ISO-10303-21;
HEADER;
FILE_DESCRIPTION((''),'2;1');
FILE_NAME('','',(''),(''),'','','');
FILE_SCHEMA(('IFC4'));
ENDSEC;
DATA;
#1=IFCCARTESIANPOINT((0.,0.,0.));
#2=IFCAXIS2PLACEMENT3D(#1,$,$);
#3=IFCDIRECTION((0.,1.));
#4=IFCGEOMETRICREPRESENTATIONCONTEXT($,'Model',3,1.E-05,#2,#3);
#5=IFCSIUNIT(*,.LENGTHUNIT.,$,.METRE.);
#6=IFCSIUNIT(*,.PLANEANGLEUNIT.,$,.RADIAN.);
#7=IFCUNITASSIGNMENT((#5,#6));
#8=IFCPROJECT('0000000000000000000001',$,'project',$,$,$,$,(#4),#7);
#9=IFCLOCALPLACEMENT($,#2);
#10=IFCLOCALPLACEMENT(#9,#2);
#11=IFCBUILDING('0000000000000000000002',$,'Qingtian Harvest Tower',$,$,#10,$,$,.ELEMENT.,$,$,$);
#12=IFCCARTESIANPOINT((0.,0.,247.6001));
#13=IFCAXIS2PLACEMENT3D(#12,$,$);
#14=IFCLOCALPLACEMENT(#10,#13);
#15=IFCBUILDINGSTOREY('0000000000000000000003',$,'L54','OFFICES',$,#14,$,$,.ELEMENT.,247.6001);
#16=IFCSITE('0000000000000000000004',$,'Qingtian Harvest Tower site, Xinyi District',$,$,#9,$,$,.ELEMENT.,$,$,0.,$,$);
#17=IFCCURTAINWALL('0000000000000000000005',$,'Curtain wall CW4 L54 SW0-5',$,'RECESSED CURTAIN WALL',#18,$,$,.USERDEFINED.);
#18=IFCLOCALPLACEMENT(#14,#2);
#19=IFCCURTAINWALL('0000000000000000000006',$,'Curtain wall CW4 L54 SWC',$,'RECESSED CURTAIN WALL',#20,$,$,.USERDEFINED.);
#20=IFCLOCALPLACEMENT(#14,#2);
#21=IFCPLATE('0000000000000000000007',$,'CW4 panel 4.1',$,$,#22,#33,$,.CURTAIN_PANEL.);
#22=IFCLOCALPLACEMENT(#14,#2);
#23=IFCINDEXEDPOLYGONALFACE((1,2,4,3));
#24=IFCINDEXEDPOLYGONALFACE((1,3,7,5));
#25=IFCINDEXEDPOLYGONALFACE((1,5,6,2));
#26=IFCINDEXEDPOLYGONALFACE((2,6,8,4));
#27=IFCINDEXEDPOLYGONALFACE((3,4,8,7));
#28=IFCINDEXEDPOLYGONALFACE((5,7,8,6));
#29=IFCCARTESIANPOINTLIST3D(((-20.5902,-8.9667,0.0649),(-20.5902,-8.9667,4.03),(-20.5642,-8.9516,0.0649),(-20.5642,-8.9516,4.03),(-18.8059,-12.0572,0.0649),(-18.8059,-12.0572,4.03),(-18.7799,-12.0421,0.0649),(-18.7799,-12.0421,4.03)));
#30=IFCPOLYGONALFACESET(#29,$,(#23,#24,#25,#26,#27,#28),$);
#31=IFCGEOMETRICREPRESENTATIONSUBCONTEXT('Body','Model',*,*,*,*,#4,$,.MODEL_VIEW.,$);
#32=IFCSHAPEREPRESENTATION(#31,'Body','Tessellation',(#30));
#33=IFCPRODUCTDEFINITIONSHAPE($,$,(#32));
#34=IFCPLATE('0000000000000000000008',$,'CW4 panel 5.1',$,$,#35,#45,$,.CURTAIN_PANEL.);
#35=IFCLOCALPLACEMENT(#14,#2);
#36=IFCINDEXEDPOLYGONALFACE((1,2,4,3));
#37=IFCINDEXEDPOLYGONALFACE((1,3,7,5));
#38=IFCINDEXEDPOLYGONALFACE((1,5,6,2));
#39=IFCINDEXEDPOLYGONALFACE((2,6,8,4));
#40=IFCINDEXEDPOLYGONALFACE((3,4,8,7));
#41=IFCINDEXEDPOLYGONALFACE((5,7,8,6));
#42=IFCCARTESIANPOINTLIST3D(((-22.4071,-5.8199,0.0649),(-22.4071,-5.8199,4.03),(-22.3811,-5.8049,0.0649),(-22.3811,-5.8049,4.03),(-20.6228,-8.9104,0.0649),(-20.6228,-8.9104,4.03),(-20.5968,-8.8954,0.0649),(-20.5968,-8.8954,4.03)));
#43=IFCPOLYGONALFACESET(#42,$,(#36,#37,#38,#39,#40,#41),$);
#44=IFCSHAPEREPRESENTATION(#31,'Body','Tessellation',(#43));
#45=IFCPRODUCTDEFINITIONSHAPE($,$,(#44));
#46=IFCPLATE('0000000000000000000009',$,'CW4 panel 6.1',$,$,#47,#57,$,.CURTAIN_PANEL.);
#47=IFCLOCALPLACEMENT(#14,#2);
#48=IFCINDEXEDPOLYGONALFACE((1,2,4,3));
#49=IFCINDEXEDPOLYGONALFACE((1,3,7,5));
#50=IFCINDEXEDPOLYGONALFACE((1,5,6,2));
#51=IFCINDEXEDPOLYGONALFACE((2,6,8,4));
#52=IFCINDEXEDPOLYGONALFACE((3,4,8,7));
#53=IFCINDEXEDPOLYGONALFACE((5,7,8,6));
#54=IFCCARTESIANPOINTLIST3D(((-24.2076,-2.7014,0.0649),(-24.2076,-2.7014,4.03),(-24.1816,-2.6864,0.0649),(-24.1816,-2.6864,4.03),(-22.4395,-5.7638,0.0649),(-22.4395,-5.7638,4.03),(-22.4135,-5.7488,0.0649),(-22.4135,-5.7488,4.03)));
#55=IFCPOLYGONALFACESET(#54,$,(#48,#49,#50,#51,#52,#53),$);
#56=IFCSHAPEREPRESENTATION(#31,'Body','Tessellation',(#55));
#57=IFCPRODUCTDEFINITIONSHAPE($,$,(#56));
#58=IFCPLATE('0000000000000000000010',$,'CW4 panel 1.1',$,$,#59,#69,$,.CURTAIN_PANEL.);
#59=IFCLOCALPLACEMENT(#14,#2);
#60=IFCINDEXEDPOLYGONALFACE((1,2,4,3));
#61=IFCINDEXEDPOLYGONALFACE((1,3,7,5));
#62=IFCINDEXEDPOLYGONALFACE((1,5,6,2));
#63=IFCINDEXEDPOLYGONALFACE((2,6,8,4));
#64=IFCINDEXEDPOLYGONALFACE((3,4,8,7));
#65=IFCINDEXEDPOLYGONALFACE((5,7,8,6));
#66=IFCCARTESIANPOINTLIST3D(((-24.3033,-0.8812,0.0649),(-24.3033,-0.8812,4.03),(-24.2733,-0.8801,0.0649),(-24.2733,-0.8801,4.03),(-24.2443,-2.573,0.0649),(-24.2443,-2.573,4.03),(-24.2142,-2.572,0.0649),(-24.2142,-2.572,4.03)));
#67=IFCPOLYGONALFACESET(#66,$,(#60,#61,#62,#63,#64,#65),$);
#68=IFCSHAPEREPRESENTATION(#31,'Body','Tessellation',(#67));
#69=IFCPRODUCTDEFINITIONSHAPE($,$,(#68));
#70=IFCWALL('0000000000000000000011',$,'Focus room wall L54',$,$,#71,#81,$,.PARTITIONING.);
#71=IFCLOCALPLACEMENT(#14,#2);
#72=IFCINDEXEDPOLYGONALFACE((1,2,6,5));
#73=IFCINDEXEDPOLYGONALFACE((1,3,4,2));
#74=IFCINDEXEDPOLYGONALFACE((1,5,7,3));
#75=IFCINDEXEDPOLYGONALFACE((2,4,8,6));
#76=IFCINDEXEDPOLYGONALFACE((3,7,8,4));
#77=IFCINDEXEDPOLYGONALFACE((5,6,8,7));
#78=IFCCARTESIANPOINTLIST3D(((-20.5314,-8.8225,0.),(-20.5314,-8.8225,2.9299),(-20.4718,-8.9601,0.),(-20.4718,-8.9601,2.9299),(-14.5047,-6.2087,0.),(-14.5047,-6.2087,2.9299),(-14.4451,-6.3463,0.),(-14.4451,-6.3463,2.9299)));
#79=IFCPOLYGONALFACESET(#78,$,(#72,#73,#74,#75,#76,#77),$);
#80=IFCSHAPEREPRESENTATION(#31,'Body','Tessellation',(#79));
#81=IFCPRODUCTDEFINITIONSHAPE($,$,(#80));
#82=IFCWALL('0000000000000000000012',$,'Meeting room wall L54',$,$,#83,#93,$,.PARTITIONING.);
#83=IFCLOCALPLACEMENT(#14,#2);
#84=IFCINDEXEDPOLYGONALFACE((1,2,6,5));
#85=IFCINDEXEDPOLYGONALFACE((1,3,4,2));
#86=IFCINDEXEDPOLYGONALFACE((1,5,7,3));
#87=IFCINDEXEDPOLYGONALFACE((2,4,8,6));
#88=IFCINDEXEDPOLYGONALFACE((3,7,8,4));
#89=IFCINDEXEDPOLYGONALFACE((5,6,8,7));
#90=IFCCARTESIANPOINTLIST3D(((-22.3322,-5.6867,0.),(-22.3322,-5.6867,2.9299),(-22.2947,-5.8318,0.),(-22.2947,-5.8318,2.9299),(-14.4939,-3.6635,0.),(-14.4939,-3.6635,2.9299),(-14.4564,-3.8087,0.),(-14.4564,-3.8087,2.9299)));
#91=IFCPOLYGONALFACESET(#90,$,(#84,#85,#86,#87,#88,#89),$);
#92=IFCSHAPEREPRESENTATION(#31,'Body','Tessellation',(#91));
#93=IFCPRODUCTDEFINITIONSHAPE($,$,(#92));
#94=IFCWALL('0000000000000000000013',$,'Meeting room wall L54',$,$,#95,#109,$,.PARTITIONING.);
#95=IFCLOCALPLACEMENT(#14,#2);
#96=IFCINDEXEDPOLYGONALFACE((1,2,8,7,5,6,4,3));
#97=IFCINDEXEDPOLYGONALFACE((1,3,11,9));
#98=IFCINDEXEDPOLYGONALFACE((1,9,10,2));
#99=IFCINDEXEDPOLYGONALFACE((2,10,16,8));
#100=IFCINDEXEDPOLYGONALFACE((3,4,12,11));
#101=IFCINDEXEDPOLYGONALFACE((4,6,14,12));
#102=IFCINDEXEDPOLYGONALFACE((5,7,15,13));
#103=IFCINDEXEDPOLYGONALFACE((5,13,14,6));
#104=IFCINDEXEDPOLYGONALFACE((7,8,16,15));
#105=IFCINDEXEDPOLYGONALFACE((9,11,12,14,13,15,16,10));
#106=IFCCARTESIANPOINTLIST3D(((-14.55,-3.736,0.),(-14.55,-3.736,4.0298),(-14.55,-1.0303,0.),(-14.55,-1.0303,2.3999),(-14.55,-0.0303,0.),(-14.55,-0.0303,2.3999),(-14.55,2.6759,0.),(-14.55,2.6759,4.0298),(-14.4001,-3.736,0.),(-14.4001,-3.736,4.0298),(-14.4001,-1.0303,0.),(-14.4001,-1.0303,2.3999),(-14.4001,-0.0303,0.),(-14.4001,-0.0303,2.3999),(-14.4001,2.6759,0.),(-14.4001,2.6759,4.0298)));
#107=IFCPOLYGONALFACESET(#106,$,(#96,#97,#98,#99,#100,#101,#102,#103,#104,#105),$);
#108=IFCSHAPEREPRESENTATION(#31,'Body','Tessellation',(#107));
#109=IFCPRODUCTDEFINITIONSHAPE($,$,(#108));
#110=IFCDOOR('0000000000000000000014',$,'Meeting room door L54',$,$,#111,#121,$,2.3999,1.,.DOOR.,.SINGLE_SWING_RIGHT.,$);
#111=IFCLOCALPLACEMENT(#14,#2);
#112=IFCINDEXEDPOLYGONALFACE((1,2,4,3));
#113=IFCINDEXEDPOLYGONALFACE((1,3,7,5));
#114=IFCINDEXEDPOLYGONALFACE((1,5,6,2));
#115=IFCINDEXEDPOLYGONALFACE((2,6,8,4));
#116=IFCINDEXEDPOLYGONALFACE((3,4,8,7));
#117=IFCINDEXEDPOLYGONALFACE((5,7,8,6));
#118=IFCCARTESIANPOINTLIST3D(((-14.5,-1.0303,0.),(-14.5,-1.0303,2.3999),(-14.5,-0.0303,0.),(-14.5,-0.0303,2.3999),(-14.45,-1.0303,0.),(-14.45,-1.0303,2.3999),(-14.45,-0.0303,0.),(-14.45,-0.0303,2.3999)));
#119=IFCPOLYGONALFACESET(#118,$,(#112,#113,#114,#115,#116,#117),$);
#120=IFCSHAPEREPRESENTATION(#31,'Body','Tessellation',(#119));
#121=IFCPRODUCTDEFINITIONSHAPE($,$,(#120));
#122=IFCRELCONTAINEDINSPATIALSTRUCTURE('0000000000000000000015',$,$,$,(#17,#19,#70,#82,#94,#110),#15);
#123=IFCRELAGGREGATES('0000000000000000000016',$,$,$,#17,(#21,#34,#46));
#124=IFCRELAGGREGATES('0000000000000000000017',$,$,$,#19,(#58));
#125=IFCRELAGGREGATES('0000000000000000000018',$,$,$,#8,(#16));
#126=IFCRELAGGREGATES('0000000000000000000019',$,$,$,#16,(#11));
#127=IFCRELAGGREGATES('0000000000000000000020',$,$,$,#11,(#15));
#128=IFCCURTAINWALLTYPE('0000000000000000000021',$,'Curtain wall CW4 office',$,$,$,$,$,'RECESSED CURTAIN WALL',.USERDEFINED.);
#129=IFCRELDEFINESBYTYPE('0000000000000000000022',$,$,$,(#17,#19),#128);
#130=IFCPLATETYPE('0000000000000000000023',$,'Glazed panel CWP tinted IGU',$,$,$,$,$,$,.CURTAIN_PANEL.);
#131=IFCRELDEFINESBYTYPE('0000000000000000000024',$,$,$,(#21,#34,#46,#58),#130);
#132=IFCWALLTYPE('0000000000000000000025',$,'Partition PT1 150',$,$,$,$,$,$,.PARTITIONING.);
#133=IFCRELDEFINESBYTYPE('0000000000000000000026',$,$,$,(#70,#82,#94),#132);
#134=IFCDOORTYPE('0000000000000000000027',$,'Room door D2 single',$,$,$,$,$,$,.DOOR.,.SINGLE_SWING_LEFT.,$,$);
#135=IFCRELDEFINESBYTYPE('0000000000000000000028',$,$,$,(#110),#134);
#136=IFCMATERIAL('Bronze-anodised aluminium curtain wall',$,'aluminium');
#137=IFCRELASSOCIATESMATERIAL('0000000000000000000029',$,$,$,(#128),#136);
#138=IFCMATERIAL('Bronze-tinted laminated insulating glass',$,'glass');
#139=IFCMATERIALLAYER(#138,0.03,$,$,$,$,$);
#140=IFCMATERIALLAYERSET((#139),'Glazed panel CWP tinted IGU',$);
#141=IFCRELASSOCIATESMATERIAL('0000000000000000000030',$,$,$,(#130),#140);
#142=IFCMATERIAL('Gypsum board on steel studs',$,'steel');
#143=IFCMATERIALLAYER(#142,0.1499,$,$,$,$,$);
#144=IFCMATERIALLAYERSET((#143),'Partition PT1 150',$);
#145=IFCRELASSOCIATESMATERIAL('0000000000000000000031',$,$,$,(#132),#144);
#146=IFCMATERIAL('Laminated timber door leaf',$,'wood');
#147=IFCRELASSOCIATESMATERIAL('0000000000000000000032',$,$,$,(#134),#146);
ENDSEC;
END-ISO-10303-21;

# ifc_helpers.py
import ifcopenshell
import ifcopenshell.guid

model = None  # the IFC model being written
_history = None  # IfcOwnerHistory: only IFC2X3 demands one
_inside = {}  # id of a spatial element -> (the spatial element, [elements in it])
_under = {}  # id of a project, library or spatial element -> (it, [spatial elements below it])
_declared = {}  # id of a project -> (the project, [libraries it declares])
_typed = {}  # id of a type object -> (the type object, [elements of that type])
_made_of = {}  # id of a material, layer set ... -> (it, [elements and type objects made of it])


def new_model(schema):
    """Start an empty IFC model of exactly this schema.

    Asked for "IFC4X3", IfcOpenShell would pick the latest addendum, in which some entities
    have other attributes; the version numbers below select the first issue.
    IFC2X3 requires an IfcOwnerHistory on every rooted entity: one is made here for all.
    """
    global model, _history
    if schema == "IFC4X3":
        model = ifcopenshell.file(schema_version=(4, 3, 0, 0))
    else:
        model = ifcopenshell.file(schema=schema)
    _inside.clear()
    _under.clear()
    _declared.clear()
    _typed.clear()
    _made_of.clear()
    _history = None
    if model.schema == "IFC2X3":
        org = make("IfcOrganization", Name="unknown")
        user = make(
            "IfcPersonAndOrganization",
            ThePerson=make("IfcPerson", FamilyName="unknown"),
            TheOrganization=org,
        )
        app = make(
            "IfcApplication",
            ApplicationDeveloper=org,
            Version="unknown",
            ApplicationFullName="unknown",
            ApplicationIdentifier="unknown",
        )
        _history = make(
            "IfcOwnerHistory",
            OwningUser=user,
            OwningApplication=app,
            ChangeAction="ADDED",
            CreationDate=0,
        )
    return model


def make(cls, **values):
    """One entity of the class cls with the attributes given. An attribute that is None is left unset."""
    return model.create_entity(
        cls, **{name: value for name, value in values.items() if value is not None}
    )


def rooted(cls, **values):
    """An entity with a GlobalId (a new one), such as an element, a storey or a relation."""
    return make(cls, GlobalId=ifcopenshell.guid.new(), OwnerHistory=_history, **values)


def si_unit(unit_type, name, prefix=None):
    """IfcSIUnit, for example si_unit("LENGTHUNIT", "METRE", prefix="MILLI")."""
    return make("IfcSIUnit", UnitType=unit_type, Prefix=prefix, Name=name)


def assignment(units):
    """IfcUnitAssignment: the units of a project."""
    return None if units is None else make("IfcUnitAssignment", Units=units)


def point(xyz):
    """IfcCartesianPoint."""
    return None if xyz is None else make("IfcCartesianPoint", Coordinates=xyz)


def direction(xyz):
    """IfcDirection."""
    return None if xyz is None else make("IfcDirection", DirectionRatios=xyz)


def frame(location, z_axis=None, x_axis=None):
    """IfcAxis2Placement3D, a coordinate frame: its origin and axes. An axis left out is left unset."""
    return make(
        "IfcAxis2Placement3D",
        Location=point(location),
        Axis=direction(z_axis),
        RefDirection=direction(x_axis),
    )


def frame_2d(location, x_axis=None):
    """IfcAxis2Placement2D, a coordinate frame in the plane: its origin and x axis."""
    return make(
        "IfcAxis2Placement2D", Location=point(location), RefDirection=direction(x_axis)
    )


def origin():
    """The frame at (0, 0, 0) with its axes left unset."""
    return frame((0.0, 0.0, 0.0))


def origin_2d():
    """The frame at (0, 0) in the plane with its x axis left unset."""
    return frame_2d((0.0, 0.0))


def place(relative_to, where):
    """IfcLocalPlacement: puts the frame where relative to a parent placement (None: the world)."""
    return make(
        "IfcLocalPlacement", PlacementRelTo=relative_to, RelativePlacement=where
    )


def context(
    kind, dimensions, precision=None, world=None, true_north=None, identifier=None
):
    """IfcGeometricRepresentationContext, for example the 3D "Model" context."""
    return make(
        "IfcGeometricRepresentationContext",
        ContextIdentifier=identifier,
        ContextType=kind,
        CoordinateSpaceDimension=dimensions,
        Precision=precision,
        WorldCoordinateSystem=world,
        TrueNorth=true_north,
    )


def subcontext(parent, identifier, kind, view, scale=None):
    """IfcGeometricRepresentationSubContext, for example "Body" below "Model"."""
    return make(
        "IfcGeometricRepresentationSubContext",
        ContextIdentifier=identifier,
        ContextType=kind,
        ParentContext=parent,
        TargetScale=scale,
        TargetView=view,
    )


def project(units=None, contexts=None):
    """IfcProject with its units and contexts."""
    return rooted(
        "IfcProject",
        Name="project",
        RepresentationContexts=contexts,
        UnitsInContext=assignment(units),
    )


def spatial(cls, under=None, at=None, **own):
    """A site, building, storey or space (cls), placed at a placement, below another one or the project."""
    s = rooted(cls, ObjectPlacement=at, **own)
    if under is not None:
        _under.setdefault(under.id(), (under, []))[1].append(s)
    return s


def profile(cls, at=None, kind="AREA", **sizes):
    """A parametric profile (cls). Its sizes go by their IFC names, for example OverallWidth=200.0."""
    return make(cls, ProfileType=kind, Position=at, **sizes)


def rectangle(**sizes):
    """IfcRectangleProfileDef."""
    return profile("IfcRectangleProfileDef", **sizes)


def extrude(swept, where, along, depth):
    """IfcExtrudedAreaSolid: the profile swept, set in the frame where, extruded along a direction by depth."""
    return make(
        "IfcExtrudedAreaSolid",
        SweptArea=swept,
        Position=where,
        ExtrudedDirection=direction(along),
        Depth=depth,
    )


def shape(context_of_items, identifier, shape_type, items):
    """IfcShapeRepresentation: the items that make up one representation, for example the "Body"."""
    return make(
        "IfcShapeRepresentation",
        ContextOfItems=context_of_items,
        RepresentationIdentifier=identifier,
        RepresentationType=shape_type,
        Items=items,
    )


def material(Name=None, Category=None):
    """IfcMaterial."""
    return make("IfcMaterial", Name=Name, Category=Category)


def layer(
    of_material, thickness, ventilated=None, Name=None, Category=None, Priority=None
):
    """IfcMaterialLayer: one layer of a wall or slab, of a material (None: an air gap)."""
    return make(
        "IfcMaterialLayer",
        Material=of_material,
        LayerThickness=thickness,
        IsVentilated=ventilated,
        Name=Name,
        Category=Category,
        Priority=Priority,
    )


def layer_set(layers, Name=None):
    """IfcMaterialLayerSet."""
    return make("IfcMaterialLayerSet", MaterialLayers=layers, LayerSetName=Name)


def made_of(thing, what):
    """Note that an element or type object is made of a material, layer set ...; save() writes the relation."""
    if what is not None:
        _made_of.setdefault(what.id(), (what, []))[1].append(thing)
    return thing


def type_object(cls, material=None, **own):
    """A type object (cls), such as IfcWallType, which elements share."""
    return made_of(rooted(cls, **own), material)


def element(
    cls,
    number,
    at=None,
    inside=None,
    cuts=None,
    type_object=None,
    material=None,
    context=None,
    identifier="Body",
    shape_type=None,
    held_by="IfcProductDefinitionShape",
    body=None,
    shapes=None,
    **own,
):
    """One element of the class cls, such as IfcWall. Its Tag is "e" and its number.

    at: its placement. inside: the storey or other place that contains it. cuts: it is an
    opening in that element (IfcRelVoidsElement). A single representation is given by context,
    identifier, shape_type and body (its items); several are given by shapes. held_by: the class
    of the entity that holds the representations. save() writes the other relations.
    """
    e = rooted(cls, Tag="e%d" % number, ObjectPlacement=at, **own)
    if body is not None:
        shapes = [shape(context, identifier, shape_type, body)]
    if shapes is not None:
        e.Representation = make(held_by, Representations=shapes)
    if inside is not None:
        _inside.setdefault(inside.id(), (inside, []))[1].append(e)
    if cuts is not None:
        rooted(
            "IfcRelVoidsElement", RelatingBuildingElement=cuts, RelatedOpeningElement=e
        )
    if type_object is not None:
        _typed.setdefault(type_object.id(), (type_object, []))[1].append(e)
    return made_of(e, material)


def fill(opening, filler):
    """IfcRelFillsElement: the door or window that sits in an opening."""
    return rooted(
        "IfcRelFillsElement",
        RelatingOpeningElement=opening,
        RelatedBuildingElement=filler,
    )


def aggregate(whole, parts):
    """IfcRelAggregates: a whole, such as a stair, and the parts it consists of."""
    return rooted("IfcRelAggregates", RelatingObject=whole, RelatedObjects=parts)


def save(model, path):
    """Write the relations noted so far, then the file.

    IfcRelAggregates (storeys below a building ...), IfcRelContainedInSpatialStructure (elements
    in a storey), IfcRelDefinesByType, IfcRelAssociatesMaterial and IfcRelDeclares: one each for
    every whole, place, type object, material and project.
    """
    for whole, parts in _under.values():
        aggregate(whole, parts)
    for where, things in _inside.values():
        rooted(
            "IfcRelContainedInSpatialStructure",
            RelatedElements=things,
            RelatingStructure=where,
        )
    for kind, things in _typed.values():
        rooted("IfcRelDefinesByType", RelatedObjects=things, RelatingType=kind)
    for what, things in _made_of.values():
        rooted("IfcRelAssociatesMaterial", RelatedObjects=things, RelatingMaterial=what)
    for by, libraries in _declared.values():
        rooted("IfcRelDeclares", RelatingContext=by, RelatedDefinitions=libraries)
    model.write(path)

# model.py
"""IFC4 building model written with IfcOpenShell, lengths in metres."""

from ifc_helpers import new_model, si_unit, direction, frame, frame_2d, origin, origin_2d, place, context, subcontext, project, spatial, rectangle, extrude, material, layer, layer_set, type_object, element, fill, aggregate, save


model = new_model("IFC4")

# Units and contexts
model_context = context("Model", 3, precision=1e-05, world=origin(), true_north=direction((0.0, 1.0)))
body_context = subcontext(model_context, "Body", "Model", "MODEL_VIEW")
ifc_project = project(units=[si_unit("LENGTHUNIT", "METRE"), si_unit("PLANEANGLEUNIT", "RADIAN")], contexts=[model_context])

# Site, building, storey
site_placement = place(None, origin())
site = spatial("IfcSite", under=ifc_project, at=site_placement, Name="Qingtian Harvest Tower site, Xinyi District", CompositionType="ELEMENT", RefElevation=0.0)
building_placement = place(site_placement, origin())
building = spatial("IfcBuilding", under=site, at=building_placement, Name="Qingtian Harvest Tower", CompositionType="ELEMENT")
storey_placement = place(building_placement, frame((0.0, 0.0, 247.6001)))
storey = spatial("IfcBuildingStorey", under=building, at=storey_placement, Name="L54", Description="OFFICES", CompositionType="ELEMENT", Elevation=247.6001)

# Curtain walls
ifc_material_1 = material(Name="Bronze-anodised aluminium curtain wall", Category="aluminium")
curtain_wall_type = type_object("IfcCurtainWallType", Name="Curtain wall CW4 office", ElementType="RECESSED CURTAIN WALL", PredefinedType="USERDEFINED", material=ifc_material_1)
curtain_wall_1_placement = place(storey_placement, origin())
curtain_wall_1 = element("IfcCurtainWall", 1, at=curtain_wall_1_placement, inside=storey, type_object=curtain_wall_type, Name="Curtain wall CW4 L54 SW0-5", ObjectType="RECESSED CURTAIN WALL", PredefinedType="USERDEFINED")
curtain_wall_2_placement = place(storey_placement, origin())
curtain_wall_2 = element("IfcCurtainWall", 2, at=curtain_wall_2_placement, inside=storey, type_object=curtain_wall_type, Name="Curtain wall CW4 L54 SWC", ObjectType="RECESSED CURTAIN WALL", PredefinedType="USERDEFINED")

# Plates
ifc_material_2 = material(Name="Bronze-tinted laminated insulating glass", Category="glass")
ifc_layer_1 = layer(ifc_material_2, 0.03)
ifc_layer_set_1 = layer_set([ifc_layer_1], Name="Glazed panel CWP tinted IGU")
plate_type = type_object("IfcPlateType", Name="Glazed panel CWP tinted IGU", PredefinedType="CURTAIN_PANEL", material=ifc_layer_set_1)
plate_1_placement = place(storey_placement, frame((-19.6851, -10.5044, 0.0649), z_axis=(0.0, 0.0, 1.0), x_axis=(-0.5, 0.866025, 0.0)))
plate_1 = element("IfcPlate", 3, at=plate_1_placement, type_object=plate_type, Name="CW4 panel 4.1", PredefinedType="CURTAIN_PANEL", context=body_context, shape_type="SweptSolid", body=[
    extrude(rectangle(XDim=3.5686, YDim=0.03, at=origin_2d()), origin(), (0.0, 0.0, 1.0), 3.9651),
])
plate_2_placement = place(storey_placement, frame((-21.502, -7.3577, 0.0649), z_axis=(0.0, 0.0, 1.0), x_axis=(-0.5, 0.866025, 0.0)))
plate_2 = element("IfcPlate", 4, at=plate_2_placement, type_object=plate_type, Name="CW4 panel 5.1", PredefinedType="CURTAIN_PANEL", context=body_context, shape_type="SweptSolid", body=[
    extrude(rectangle(XDim=3.5686, YDim=0.03, at=origin_2d()), origin(), (0.0, 0.0, 1.0), 3.9651),
])
plate_3_placement = place(storey_placement, frame((-23.3105, -4.2251, 0.0649), z_axis=(0.0, 0.0, 1.0), x_axis=(-0.5, 0.866025, 0.0)))
plate_3 = element("IfcPlate", 5, at=plate_3_placement, type_object=plate_type, Name="CW4 panel 6.1", PredefinedType="CURTAIN_PANEL", context=body_context, shape_type="SweptSolid", body=[
    extrude(rectangle(XDim=3.5361, YDim=0.03, at=origin_2d()), origin(), (0.0, 0.0, 1.0), 3.9651),
])
aggregate(curtain_wall_1, [plate_1, plate_2, plate_3])
plate_4_placement = place(storey_placement, frame((-24.2588, -1.7266, 0.0649), z_axis=(0.0, 0.0, 1.0), x_axis=(-0.034899, 0.999391, 0.0)))
plate_4 = element("IfcPlate", 6, at=plate_4_placement, type_object=plate_type, Name="CW4 panel 1.1", PredefinedType="CURTAIN_PANEL", context=body_context, shape_type="SweptSolid", body=[
    extrude(rectangle(XDim=1.6929, YDim=0.03, at=origin_2d()), origin(), (0.0, 0.0, 1.0), 3.9651),
])
aggregate(curtain_wall_2, [plate_4])

# Wall
ifc_material_3 = material(Name="Gypsum board on steel studs", Category="steel")
ifc_layer_2 = layer(ifc_material_3, 0.1499)
ifc_layer_set_2 = layer_set([ifc_layer_2], Name="Partition PT1 150")
wall_type = type_object("IfcWallType", Name="Partition PT1 150", PredefinedType="PARTITIONING", material=ifc_layer_set_2)
wall_1_placement = place(storey_placement, frame((-20.5017, -8.8914, 0.0), z_axis=(0.0, 0.0, 1.0), x_axis=(0.917431, 0.397894, 0.0)))
element("IfcWall", 7, at=wall_1_placement, inside=storey, type_object=wall_type, Name="Focus room wall L54", PredefinedType="PARTITIONING", context=body_context, shape_type="SweptSolid", body=[
    extrude(rectangle(XDim=6.5691, YDim=0.1499, at=frame_2d((3.2847, 0.0))), origin(), (0.0, 0.0, 1.0), 2.9299),
])

# Shared definitions
ifc_material_4 = material(Name="Laminated timber door leaf", Category="wood")
door_type = type_object("IfcDoorType", Name="Room door D2 single", OperationType="SINGLE_SWING_LEFT", PredefinedType="DOOR", material=ifc_material_4)

# Wall
wall_2_placement = place(storey_placement, frame((-22.3135, -5.7593, 0.0), z_axis=(0.0, 0.0, 1.0), x_axis=(0.968266, 0.249923, 0.0)))
element("IfcWall", 8, at=wall_2_placement, inside=storey, type_object=wall_type, Name="Meeting room wall L54", PredefinedType="PARTITIONING", context=body_context, shape_type="SweptSolid", body=[
    extrude(rectangle(XDim=8.0952, YDim=0.1499, at=frame_2d((4.0476, 0.0))), origin(), (0.0, 0.0, 1.0), 2.9299),
])

# Wall, opening, door
wall_3_placement = place(storey_placement, frame((-14.4751, -3.7361, 0.0), z_axis=(0.0, 0.0, 1.0), x_axis=(0.0, 1.0, 0.0)))
wall_3 = element("IfcWall", 9, at=wall_3_placement, inside=storey, type_object=wall_type, Name="Meeting room wall L54", PredefinedType="PARTITIONING", context=body_context, shape_type="SweptSolid", body=[
    extrude(rectangle(XDim=6.4119, YDim=0.1499, at=frame_2d((3.2061, 0.0))), origin(), (0.0, 0.0, 1.0), 4.0298),
])
opening_1_placement = place(wall_3_placement, frame((2.7058, 0.0, 0.0)))
opening_1 = element("IfcOpeningElement", 10, at=opening_1_placement, cuts=wall_3, PredefinedType="OPENING", context=body_context, shape_type="SweptSolid", body=[
    extrude(rectangle(XDim=1.0, YDim=2.3999, at=frame_2d((0.5, 1.2))), frame((0.0, 0.085, 0.0), z_axis=(0.0, -1.0, 0.0), x_axis=(1.0, 0.0, 0.0)), (0.0, 0.0, 1.0), 0.1699),
])
door_1_placement = place(opening_1_placement, origin())
door_1 = element("IfcDoor", 11, at=door_1_placement, inside=storey, type_object=door_type, Name="Meeting room door L54", OperationType="SINGLE_SWING_RIGHT", OverallHeight=2.3999, OverallWidth=1.0, PredefinedType="DOOR", context=body_context, shape_type="SweptSolid", body=[
    extrude(rectangle(XDim=1.0, YDim=2.3999, at=frame_2d((0.5, 1.2))), frame((0.0, 0.0249, 0.0), z_axis=(0.0, -1.0, 0.0), x_axis=(1.0, 0.0, 0.0)), (0.0, 0.0, 1.0), 0.05),
])
fill(opening_1, door_1)

save(model, "model.ifc")
